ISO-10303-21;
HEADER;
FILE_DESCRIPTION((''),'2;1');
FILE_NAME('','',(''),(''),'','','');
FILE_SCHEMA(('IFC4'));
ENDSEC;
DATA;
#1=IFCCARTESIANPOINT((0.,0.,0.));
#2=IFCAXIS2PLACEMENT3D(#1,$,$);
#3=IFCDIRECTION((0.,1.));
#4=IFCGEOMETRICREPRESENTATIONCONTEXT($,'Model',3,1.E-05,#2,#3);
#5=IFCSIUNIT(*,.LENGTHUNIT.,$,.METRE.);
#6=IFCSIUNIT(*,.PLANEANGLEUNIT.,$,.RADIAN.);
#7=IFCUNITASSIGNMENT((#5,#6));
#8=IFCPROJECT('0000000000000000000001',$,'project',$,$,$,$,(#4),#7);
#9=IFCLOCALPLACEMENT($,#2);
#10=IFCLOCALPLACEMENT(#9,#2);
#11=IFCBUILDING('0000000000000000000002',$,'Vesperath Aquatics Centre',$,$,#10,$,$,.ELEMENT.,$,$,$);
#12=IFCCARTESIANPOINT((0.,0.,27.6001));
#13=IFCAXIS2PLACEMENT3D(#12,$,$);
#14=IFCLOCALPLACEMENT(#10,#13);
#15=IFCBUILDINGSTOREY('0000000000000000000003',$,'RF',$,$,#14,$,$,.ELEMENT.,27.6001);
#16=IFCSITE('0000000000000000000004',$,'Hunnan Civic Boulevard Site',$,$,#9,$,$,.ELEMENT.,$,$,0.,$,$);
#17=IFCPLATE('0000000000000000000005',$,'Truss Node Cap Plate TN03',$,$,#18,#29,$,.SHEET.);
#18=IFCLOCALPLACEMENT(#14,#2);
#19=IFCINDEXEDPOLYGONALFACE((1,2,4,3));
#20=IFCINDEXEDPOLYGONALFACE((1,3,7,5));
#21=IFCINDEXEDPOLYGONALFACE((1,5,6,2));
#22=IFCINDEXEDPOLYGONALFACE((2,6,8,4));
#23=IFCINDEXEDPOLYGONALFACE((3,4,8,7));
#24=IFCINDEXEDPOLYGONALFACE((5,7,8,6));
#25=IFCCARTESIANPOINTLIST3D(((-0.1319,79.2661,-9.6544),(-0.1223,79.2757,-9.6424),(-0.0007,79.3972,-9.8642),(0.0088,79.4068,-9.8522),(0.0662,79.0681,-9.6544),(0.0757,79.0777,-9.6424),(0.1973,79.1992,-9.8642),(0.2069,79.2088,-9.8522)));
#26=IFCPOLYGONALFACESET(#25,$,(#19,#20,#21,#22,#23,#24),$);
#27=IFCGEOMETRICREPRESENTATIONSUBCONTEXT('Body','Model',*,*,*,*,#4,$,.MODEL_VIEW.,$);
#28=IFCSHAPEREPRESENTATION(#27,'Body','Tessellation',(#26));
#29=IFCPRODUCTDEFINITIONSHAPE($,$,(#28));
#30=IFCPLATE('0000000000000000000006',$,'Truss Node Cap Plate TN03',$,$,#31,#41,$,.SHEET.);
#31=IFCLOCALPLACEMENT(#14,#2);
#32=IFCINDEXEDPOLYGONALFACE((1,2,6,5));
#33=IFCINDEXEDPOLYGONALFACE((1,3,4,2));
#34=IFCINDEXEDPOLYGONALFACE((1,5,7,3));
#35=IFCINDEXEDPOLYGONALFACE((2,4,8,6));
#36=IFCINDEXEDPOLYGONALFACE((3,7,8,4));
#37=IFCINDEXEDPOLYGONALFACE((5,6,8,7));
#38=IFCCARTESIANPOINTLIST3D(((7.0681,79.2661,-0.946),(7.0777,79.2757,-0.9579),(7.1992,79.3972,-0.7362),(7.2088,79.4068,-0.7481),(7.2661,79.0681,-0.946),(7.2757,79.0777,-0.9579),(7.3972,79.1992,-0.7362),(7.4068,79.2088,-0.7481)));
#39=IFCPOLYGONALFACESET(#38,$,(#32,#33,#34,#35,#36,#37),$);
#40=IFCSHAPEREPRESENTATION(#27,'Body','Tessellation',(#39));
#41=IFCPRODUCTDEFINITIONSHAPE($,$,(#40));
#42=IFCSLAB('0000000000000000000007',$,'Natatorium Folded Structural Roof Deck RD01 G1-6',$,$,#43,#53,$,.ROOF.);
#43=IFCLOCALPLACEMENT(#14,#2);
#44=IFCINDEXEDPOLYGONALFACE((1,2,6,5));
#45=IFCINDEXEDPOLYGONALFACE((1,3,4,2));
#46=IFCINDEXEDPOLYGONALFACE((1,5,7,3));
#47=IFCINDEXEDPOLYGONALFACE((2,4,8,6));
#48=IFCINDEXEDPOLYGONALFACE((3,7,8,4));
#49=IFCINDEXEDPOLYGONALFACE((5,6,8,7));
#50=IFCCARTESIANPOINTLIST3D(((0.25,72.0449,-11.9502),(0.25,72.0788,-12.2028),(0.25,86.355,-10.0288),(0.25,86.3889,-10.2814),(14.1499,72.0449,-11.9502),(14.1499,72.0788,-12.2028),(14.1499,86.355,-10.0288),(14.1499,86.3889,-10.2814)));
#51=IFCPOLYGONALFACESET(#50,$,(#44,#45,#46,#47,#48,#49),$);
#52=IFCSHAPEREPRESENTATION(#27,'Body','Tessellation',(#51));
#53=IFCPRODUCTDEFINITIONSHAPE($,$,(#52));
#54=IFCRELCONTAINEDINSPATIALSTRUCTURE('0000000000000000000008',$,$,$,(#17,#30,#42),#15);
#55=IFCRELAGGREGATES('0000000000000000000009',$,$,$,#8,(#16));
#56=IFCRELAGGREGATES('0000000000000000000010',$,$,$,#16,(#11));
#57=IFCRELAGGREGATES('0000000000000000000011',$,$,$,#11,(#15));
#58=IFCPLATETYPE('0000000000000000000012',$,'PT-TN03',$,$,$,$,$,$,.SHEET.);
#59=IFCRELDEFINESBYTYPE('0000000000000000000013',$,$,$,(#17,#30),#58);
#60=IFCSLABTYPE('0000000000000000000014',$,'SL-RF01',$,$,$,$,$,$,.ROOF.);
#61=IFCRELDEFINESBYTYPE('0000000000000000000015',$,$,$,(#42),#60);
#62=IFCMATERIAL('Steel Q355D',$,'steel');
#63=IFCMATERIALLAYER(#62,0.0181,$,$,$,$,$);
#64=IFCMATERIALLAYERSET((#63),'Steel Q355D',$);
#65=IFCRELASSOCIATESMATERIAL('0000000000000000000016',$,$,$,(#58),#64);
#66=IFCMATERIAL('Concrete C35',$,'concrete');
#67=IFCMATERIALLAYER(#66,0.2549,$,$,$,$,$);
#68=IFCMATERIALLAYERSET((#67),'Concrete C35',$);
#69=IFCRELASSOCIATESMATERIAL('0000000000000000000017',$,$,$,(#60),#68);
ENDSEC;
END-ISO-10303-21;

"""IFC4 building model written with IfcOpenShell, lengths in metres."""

from ifc_helpers import new_model, si_unit, direction, frame, origin, origin_2d, place, context, subcontext, project, spatial, polyline, rectangle, outline, extrude, material, layer, layer_set, type_object, element, save


model = new_model("IFC4")

# Units and contexts
model_context = context("Model", 3, precision=1e-05, world=origin(), true_north=direction((0.0, 1.0)))
body_context = subcontext(model_context, "Body", "Model", "MODEL_VIEW")
ifc_project = project(units=[si_unit("LENGTHUNIT", "METRE"), si_unit("PLANEANGLEUNIT", "RADIAN")], contexts=[model_context])

# Site, building, storey
site_placement = place(None, origin())
site = spatial("IfcSite", under=ifc_project, at=site_placement, Name="Hunnan Civic Boulevard Site", CompositionType="ELEMENT", RefElevation=0.0)
building_placement = place(site_placement, origin())
building = spatial("IfcBuilding", under=site, at=building_placement, Name="Vesperath Aquatics Centre", CompositionType="ELEMENT")
storey_placement = place(building_placement, frame((0.0, 0.0, 27.6001)))
storey = spatial("IfcBuildingStorey", under=building, at=storey_placement, Name="RF", CompositionType="ELEMENT", Elevation=27.6001)

# Shared definitions
ifc_material_1 = material(Name="Steel Q355D", Category="steel")

# Plates
ifc_layer_1 = layer(ifc_material_1, 0.0181)
ifc_layer_set_1 = layer_set([ifc_layer_1], Name="Steel Q355D")
plate_type_1 = type_object("IfcPlateType", Name="PT-TN03", PredefinedType="SHEET", material=ifc_layer_set_1)
for number, where, z_axis, x_axis, name in (
    (1, (0.0327, 79.2327, -9.7593), (0.529813, 0.529813, 0.662266), (-0.707107, 0.707107, 0.0), "Truss Node Cap Plate TN03"),
    (2, (7.2327, 79.2327, -0.8411), (0.529813, 0.529813, -0.662266), (-0.707107, 0.707107, 0.0), "Truss Node Cap Plate TN03"),
):
    element("IfcPlate", number, at=place(storey_placement, frame(where, z_axis=z_axis, x_axis=x_axis)), inside=storey, type_object=plate_type_1, Name=name, PredefinedType="SHEET", context=body_context, shape_type="SweptSolid", body=[
        extrude(rectangle(XDim=0.28, YDim=0.28, at=origin_2d()), origin(), (0.0, 0.0, 1.0), 0.0181),
    ])

# Slab
ifc_material_2 = material(Name="Concrete C35", Category="concrete")
ifc_layer_2 = layer(ifc_material_2, 0.2549)
ifc_layer_set_2 = layer_set([ifc_layer_2], Name="Concrete C35")
slab_type = type_object("IfcSlabType", Name="SL-RF01", PredefinedType="ROOF", material=ifc_layer_set_2)
slab_placement = place(storey_placement, frame((0.25, 72.0449, -11.9502), z_axis=(0.0, -0.133074, 0.991106), x_axis=(1.0, 0.0, 0.0)))
element("IfcSlab", 3, at=slab_placement, inside=storey, type_object=slab_type, Name="Natatorium Folded Structural Roof Deck RD01 G1-6", PredefinedType="ROOF", context=body_context, shape_type="SweptSolid", body=[
    extrude(outline(polyline([(0.0, 0.0), (13.8999, 0.0), (13.8999, 14.4385), (0.0, 14.4385), (0.0, 0.0)])), origin(), (0.0, 0.0, -1.0), 0.2549),
])

save(model, "model.ifc")
